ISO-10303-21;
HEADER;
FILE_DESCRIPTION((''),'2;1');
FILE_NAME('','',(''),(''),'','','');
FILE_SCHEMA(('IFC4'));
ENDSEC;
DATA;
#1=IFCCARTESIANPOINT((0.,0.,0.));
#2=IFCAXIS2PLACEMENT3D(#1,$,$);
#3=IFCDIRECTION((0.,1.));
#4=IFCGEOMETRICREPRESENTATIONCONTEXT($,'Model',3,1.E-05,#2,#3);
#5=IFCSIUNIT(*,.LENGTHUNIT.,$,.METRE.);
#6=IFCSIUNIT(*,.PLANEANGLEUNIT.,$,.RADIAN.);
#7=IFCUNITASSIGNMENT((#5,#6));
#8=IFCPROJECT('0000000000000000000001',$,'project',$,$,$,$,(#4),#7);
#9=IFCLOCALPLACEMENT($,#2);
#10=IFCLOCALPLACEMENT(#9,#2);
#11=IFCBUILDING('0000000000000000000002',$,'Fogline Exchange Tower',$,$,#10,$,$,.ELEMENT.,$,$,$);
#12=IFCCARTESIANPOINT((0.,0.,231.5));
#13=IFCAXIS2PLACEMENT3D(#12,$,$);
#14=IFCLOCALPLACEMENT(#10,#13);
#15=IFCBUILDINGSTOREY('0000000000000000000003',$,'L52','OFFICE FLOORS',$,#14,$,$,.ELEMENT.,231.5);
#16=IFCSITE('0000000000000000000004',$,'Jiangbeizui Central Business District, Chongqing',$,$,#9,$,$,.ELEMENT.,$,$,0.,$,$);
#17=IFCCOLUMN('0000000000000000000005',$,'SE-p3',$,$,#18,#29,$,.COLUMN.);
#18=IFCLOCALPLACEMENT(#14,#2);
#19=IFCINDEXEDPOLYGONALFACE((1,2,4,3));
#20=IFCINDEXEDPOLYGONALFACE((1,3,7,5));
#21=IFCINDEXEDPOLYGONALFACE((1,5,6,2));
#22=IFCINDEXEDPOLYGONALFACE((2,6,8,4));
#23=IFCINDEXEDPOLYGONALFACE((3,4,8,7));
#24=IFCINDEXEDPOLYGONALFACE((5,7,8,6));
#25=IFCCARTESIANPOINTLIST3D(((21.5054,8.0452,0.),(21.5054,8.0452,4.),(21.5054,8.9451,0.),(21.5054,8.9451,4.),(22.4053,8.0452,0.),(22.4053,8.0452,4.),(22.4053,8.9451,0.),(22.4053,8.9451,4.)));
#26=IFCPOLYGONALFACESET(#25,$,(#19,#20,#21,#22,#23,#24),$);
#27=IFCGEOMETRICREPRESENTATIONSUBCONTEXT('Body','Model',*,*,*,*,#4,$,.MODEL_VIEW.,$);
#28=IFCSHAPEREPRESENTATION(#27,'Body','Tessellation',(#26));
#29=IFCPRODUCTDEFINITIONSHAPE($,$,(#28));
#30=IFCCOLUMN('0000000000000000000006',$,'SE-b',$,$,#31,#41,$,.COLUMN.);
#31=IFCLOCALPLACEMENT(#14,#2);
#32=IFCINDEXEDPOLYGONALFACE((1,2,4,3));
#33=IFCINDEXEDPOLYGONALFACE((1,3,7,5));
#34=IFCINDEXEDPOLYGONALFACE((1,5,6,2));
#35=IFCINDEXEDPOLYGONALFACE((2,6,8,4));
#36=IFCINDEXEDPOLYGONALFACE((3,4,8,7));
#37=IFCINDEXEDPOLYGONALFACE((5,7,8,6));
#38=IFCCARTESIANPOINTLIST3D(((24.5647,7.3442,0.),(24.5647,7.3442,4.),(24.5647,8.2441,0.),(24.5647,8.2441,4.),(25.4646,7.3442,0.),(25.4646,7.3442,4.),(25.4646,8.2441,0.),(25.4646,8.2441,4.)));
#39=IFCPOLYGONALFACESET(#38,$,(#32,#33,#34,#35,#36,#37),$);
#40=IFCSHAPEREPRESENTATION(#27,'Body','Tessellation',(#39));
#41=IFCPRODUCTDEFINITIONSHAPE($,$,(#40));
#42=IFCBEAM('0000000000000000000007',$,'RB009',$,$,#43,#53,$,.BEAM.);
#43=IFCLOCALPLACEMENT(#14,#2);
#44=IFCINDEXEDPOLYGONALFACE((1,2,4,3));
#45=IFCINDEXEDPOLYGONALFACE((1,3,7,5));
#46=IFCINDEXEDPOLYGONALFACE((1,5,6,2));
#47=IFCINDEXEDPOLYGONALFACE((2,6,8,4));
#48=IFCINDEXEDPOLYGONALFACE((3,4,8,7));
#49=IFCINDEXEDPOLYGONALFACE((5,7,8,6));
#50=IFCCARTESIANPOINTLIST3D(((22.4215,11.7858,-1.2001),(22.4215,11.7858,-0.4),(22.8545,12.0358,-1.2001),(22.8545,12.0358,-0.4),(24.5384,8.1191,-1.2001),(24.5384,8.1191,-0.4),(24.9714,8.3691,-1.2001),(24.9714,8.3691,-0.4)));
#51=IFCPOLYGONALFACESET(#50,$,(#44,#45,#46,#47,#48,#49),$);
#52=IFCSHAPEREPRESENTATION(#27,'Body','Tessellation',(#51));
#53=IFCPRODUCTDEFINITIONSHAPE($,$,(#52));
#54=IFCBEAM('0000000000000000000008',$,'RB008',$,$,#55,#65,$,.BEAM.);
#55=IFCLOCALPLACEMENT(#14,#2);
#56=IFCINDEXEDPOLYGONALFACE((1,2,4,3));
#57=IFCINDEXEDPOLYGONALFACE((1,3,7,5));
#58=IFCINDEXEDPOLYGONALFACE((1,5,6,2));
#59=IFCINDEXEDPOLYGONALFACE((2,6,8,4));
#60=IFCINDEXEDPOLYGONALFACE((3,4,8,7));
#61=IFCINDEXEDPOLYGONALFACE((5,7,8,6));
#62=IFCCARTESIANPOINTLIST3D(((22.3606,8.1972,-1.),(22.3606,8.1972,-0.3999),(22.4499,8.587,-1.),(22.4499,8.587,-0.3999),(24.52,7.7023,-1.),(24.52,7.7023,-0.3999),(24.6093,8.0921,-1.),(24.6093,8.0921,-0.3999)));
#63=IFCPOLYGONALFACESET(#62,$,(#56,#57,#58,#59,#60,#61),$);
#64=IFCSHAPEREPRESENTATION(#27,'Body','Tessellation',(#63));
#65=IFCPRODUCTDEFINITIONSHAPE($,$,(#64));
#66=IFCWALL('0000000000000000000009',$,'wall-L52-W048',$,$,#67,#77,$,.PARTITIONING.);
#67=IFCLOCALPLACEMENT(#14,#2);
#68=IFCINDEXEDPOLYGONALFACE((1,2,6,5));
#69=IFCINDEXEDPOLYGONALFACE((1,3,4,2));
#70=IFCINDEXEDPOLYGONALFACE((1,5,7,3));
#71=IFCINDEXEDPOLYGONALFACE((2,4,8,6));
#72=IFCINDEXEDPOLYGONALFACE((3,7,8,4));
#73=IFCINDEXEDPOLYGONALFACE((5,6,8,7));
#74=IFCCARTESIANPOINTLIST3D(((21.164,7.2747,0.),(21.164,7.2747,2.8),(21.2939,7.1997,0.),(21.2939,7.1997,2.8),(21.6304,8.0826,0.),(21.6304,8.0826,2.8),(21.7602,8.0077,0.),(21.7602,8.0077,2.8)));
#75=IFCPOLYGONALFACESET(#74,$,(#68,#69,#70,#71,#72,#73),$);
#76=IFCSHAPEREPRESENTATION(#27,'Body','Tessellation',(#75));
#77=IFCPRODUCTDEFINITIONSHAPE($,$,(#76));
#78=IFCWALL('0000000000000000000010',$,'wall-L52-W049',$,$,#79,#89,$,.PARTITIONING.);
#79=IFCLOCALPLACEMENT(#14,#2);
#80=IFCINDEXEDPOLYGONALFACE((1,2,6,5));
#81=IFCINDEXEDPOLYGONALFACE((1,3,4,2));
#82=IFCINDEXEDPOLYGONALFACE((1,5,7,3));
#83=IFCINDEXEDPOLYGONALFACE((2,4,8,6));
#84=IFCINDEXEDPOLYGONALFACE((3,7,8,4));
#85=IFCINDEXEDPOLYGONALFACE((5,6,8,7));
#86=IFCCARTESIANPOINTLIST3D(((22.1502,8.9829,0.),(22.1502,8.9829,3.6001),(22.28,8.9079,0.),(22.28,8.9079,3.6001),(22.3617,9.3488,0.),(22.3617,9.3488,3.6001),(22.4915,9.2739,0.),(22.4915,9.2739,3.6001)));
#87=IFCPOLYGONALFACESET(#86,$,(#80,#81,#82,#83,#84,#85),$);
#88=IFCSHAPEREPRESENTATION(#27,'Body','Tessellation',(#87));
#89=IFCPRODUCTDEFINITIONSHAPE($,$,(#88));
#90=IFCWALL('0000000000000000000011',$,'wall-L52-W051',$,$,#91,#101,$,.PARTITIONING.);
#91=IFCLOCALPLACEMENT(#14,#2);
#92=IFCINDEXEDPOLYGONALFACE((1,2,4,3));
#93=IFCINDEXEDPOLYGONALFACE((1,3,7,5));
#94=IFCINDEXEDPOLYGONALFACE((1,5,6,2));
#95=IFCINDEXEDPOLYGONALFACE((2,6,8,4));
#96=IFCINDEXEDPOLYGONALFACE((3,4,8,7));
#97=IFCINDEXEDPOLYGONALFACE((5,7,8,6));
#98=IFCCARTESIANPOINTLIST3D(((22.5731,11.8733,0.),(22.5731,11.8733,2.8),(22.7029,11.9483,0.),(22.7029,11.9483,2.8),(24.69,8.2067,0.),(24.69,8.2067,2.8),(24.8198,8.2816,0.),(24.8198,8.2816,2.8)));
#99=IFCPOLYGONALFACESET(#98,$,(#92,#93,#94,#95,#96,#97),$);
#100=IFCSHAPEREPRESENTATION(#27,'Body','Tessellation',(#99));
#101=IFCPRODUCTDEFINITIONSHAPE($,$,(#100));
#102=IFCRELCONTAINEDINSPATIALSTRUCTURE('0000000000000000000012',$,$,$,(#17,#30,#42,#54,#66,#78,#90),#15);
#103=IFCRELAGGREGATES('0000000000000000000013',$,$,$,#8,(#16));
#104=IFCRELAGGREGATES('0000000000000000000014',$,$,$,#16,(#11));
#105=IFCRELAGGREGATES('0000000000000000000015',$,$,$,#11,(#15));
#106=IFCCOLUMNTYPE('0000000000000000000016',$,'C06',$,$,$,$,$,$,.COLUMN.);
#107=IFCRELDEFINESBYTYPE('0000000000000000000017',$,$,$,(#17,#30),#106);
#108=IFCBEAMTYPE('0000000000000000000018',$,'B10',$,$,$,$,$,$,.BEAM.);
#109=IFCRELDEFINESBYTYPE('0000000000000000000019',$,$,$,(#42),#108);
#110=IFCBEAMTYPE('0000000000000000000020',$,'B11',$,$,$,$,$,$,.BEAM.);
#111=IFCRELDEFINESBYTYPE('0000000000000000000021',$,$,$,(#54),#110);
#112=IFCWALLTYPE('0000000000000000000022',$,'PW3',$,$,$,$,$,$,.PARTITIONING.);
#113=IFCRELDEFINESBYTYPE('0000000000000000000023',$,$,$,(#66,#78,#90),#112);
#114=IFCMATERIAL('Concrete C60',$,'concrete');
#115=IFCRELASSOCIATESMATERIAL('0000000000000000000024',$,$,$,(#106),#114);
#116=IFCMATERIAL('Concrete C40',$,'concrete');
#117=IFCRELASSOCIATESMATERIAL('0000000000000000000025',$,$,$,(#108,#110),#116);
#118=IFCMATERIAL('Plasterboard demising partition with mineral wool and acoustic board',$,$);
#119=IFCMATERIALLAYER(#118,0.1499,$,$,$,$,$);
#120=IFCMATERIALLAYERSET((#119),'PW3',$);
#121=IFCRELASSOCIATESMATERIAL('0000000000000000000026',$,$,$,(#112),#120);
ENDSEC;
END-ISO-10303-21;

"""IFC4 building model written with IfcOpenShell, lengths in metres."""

from ifc_helpers import new_model, si_unit, direction, frame, frame_2d, origin, origin_2d, place, context, subcontext, project, spatial, rectangle, extrude, material, layer, layer_set, material_profile, profile_set, type_object, element, save


model = new_model("IFC4")

# Units and contexts
model_context = context("Model", 3, precision=1e-05, world=origin(), true_north=direction((0.0, 1.0)))
body_context = subcontext(model_context, "Body", "Model", "MODEL_VIEW")
ifc_project = project(units=[si_unit("LENGTHUNIT", "METRE"), si_unit("PLANEANGLEUNIT", "RADIAN")], contexts=[model_context])

# Site, building, storey
site_placement = place(None, origin())
site = spatial("IfcSite", under=ifc_project, at=site_placement, Name="Jiangbeizui Central Business District, Chongqing", CompositionType="ELEMENT", RefElevation=0.0)
building_placement = place(site_placement, origin())
building = spatial("IfcBuilding", under=site, at=building_placement, Name="Fogline Exchange Tower", CompositionType="ELEMENT")
storey_placement = place(building_placement, frame((0.0, 0.0, 231.5)))
storey = spatial("IfcBuildingStorey", under=building, at=storey_placement, Name="L52", Description="OFFICE FLOORS", CompositionType="ELEMENT", Elevation=231.5)

# Columns
ifc_material_1 = material(Name="Concrete C60", Category="concrete")
ifc_material_profile_1 = material_profile(ifc_material_1, rectangle(XDim=0.8999, YDim=0.8999, at=origin_2d()), Name="RC 900x900")
ifc_profile_set_1 = profile_set([ifc_material_profile_1], Name="Concrete C60")
column_type = type_object("IfcColumnType", Name="C06", PredefinedType="COLUMN", material=ifc_profile_set_1)
for number, where, z_axis, x_axis, name in (
    (1, (21.9553, 8.4951, 0.0), (0.0, 0.0, 1.0), (1.0, 0.0, 0.0), "SE-p3"),
    (2, (25.0146, 7.7942, 0.0), (0.0, 0.0, 1.0), (1.0, 0.0, 0.0), "SE-b"),
):
    element("IfcColumn", number, at=place(storey_placement, frame(where, z_axis=z_axis, x_axis=x_axis)), inside=storey, type_object=column_type, Name=name, PredefinedType="COLUMN", context=body_context, shape_type="SweptSolid", body=[
        extrude(rectangle(XDim=0.8999, YDim=0.8999, at=origin_2d()), origin(), (0.0, 0.0, 1.0), 4.0),
    ])

# Beams
ifc_material_2 = material(Name="Concrete C40", Category="concrete")
ifc_material_profile_2 = material_profile(ifc_material_2, rectangle(XDim=0.5, YDim=0.8, at=origin_2d()), Name="RC 500x800")
ifc_profile_set_2 = profile_set([ifc_material_profile_2], Name="Concrete C40")
beam_type_1 = type_object("IfcBeamType", Name="B10", PredefinedType="BEAM", material=ifc_profile_set_2)
beam_1_placement = place(storey_placement, frame((24.7549, 8.2441, -0.8), z_axis=(-0.49999, 0.866031, 0.0), x_axis=(-0.866031, -0.49999, 0.0)))
element("IfcBeam", 3, at=beam_1_placement, inside=storey, type_object=beam_type_1, Name="RB009", PredefinedType="BEAM", context=body_context, shape_type="SweptSolid", body=[
    extrude(rectangle(XDim=0.5, YDim=0.8, at=origin_2d()), origin(), (0.0, 0.0, 1.0), 4.2339),
])
ifc_material_profile_3 = material_profile(ifc_material_2, rectangle(XDim=0.3999, YDim=0.6001, at=origin_2d()), Name="RC 400x600")
ifc_profile_set_3 = profile_set([ifc_material_profile_3], Name="Concrete C40")
beam_type_2 = type_object("IfcBeamType", Name="B11", PredefinedType="BEAM", material=ifc_profile_set_3)
beam_2_placement = place(storey_placement, frame((22.4053, 8.3921, -0.7), z_axis=(0.974732, -0.223378, 0.0), x_axis=(0.223378, 0.974732, 0.0)))
element("IfcBeam", 4, at=beam_2_placement, inside=storey, type_object=beam_type_2, Name="RB008", PredefinedType="BEAM", context=body_context, shape_type="SweptSolid", body=[
    extrude(rectangle(XDim=0.3999, YDim=0.6001, at=origin_2d()), origin(), (0.0, 0.0, 1.0), 2.2153),
])

# Walls
ifc_material_3 = material(Name="Plasterboard demising partition with mineral wool and acoustic board")
ifc_layer_1 = layer(ifc_material_3, 0.1499)
ifc_layer_set_1 = layer_set([ifc_layer_1], Name="PW3")
wall_type_1 = type_object("IfcWallType", Name="PW3", PredefinedType="PARTITIONING", material=ifc_layer_set_1)
wall_1_placement = place(storey_placement, frame((21.229, 7.2373, 0.0), z_axis=(0.0, 0.0, 1.0), x_axis=(0.499911, 0.866077, 0.0)))
element("IfcWall", 5, at=wall_1_placement, inside=storey, type_object=wall_type_1, Name="wall-L52-W048", PredefinedType="PARTITIONING", context=body_context, shape_type="SweptSolid", body=[
    extrude(rectangle(XDim=0.9329, YDim=0.1499, at=frame_2d((0.4663, 0.0))), origin(), (0.0, 0.0, 1.0), 2.8),
])
wall_2_placement = place(storey_placement, frame((22.2151, 8.9453, 0.0), z_axis=(0.0, 0.0, 1.0), x_axis=(0.500239, 0.865887, 0.0)))
element("IfcWall", 6, at=wall_2_placement, inside=storey, type_object=wall_type_1, Name="wall-L52-W049", PredefinedType="PARTITIONING", context=body_context, shape_type="SweptSolid", body=[
    extrude(rectangle(XDim=0.4226, YDim=0.1499, at=frame_2d((0.2114, 0.0))), origin(), (0.0, 0.0, 1.0), 3.6001),
])
wall_3_placement = place(storey_placement, frame((24.7549, 8.2441, 0.0), z_axis=(0.0, 0.0, 1.0), x_axis=(-0.49999, 0.866031, 0.0)))
element("IfcWall", 7, at=wall_3_placement, inside=storey, type_object=wall_type_1, Name="wall-L52-W051", PredefinedType="PARTITIONING", context=body_context, shape_type="SweptSolid", body=[
    extrude(rectangle(XDim=4.2339, YDim=0.1499, at=frame_2d((2.1169, 0.0))), origin(), (0.0, 0.0, 1.0), 2.8),
])

save(model, "model.ifc")
